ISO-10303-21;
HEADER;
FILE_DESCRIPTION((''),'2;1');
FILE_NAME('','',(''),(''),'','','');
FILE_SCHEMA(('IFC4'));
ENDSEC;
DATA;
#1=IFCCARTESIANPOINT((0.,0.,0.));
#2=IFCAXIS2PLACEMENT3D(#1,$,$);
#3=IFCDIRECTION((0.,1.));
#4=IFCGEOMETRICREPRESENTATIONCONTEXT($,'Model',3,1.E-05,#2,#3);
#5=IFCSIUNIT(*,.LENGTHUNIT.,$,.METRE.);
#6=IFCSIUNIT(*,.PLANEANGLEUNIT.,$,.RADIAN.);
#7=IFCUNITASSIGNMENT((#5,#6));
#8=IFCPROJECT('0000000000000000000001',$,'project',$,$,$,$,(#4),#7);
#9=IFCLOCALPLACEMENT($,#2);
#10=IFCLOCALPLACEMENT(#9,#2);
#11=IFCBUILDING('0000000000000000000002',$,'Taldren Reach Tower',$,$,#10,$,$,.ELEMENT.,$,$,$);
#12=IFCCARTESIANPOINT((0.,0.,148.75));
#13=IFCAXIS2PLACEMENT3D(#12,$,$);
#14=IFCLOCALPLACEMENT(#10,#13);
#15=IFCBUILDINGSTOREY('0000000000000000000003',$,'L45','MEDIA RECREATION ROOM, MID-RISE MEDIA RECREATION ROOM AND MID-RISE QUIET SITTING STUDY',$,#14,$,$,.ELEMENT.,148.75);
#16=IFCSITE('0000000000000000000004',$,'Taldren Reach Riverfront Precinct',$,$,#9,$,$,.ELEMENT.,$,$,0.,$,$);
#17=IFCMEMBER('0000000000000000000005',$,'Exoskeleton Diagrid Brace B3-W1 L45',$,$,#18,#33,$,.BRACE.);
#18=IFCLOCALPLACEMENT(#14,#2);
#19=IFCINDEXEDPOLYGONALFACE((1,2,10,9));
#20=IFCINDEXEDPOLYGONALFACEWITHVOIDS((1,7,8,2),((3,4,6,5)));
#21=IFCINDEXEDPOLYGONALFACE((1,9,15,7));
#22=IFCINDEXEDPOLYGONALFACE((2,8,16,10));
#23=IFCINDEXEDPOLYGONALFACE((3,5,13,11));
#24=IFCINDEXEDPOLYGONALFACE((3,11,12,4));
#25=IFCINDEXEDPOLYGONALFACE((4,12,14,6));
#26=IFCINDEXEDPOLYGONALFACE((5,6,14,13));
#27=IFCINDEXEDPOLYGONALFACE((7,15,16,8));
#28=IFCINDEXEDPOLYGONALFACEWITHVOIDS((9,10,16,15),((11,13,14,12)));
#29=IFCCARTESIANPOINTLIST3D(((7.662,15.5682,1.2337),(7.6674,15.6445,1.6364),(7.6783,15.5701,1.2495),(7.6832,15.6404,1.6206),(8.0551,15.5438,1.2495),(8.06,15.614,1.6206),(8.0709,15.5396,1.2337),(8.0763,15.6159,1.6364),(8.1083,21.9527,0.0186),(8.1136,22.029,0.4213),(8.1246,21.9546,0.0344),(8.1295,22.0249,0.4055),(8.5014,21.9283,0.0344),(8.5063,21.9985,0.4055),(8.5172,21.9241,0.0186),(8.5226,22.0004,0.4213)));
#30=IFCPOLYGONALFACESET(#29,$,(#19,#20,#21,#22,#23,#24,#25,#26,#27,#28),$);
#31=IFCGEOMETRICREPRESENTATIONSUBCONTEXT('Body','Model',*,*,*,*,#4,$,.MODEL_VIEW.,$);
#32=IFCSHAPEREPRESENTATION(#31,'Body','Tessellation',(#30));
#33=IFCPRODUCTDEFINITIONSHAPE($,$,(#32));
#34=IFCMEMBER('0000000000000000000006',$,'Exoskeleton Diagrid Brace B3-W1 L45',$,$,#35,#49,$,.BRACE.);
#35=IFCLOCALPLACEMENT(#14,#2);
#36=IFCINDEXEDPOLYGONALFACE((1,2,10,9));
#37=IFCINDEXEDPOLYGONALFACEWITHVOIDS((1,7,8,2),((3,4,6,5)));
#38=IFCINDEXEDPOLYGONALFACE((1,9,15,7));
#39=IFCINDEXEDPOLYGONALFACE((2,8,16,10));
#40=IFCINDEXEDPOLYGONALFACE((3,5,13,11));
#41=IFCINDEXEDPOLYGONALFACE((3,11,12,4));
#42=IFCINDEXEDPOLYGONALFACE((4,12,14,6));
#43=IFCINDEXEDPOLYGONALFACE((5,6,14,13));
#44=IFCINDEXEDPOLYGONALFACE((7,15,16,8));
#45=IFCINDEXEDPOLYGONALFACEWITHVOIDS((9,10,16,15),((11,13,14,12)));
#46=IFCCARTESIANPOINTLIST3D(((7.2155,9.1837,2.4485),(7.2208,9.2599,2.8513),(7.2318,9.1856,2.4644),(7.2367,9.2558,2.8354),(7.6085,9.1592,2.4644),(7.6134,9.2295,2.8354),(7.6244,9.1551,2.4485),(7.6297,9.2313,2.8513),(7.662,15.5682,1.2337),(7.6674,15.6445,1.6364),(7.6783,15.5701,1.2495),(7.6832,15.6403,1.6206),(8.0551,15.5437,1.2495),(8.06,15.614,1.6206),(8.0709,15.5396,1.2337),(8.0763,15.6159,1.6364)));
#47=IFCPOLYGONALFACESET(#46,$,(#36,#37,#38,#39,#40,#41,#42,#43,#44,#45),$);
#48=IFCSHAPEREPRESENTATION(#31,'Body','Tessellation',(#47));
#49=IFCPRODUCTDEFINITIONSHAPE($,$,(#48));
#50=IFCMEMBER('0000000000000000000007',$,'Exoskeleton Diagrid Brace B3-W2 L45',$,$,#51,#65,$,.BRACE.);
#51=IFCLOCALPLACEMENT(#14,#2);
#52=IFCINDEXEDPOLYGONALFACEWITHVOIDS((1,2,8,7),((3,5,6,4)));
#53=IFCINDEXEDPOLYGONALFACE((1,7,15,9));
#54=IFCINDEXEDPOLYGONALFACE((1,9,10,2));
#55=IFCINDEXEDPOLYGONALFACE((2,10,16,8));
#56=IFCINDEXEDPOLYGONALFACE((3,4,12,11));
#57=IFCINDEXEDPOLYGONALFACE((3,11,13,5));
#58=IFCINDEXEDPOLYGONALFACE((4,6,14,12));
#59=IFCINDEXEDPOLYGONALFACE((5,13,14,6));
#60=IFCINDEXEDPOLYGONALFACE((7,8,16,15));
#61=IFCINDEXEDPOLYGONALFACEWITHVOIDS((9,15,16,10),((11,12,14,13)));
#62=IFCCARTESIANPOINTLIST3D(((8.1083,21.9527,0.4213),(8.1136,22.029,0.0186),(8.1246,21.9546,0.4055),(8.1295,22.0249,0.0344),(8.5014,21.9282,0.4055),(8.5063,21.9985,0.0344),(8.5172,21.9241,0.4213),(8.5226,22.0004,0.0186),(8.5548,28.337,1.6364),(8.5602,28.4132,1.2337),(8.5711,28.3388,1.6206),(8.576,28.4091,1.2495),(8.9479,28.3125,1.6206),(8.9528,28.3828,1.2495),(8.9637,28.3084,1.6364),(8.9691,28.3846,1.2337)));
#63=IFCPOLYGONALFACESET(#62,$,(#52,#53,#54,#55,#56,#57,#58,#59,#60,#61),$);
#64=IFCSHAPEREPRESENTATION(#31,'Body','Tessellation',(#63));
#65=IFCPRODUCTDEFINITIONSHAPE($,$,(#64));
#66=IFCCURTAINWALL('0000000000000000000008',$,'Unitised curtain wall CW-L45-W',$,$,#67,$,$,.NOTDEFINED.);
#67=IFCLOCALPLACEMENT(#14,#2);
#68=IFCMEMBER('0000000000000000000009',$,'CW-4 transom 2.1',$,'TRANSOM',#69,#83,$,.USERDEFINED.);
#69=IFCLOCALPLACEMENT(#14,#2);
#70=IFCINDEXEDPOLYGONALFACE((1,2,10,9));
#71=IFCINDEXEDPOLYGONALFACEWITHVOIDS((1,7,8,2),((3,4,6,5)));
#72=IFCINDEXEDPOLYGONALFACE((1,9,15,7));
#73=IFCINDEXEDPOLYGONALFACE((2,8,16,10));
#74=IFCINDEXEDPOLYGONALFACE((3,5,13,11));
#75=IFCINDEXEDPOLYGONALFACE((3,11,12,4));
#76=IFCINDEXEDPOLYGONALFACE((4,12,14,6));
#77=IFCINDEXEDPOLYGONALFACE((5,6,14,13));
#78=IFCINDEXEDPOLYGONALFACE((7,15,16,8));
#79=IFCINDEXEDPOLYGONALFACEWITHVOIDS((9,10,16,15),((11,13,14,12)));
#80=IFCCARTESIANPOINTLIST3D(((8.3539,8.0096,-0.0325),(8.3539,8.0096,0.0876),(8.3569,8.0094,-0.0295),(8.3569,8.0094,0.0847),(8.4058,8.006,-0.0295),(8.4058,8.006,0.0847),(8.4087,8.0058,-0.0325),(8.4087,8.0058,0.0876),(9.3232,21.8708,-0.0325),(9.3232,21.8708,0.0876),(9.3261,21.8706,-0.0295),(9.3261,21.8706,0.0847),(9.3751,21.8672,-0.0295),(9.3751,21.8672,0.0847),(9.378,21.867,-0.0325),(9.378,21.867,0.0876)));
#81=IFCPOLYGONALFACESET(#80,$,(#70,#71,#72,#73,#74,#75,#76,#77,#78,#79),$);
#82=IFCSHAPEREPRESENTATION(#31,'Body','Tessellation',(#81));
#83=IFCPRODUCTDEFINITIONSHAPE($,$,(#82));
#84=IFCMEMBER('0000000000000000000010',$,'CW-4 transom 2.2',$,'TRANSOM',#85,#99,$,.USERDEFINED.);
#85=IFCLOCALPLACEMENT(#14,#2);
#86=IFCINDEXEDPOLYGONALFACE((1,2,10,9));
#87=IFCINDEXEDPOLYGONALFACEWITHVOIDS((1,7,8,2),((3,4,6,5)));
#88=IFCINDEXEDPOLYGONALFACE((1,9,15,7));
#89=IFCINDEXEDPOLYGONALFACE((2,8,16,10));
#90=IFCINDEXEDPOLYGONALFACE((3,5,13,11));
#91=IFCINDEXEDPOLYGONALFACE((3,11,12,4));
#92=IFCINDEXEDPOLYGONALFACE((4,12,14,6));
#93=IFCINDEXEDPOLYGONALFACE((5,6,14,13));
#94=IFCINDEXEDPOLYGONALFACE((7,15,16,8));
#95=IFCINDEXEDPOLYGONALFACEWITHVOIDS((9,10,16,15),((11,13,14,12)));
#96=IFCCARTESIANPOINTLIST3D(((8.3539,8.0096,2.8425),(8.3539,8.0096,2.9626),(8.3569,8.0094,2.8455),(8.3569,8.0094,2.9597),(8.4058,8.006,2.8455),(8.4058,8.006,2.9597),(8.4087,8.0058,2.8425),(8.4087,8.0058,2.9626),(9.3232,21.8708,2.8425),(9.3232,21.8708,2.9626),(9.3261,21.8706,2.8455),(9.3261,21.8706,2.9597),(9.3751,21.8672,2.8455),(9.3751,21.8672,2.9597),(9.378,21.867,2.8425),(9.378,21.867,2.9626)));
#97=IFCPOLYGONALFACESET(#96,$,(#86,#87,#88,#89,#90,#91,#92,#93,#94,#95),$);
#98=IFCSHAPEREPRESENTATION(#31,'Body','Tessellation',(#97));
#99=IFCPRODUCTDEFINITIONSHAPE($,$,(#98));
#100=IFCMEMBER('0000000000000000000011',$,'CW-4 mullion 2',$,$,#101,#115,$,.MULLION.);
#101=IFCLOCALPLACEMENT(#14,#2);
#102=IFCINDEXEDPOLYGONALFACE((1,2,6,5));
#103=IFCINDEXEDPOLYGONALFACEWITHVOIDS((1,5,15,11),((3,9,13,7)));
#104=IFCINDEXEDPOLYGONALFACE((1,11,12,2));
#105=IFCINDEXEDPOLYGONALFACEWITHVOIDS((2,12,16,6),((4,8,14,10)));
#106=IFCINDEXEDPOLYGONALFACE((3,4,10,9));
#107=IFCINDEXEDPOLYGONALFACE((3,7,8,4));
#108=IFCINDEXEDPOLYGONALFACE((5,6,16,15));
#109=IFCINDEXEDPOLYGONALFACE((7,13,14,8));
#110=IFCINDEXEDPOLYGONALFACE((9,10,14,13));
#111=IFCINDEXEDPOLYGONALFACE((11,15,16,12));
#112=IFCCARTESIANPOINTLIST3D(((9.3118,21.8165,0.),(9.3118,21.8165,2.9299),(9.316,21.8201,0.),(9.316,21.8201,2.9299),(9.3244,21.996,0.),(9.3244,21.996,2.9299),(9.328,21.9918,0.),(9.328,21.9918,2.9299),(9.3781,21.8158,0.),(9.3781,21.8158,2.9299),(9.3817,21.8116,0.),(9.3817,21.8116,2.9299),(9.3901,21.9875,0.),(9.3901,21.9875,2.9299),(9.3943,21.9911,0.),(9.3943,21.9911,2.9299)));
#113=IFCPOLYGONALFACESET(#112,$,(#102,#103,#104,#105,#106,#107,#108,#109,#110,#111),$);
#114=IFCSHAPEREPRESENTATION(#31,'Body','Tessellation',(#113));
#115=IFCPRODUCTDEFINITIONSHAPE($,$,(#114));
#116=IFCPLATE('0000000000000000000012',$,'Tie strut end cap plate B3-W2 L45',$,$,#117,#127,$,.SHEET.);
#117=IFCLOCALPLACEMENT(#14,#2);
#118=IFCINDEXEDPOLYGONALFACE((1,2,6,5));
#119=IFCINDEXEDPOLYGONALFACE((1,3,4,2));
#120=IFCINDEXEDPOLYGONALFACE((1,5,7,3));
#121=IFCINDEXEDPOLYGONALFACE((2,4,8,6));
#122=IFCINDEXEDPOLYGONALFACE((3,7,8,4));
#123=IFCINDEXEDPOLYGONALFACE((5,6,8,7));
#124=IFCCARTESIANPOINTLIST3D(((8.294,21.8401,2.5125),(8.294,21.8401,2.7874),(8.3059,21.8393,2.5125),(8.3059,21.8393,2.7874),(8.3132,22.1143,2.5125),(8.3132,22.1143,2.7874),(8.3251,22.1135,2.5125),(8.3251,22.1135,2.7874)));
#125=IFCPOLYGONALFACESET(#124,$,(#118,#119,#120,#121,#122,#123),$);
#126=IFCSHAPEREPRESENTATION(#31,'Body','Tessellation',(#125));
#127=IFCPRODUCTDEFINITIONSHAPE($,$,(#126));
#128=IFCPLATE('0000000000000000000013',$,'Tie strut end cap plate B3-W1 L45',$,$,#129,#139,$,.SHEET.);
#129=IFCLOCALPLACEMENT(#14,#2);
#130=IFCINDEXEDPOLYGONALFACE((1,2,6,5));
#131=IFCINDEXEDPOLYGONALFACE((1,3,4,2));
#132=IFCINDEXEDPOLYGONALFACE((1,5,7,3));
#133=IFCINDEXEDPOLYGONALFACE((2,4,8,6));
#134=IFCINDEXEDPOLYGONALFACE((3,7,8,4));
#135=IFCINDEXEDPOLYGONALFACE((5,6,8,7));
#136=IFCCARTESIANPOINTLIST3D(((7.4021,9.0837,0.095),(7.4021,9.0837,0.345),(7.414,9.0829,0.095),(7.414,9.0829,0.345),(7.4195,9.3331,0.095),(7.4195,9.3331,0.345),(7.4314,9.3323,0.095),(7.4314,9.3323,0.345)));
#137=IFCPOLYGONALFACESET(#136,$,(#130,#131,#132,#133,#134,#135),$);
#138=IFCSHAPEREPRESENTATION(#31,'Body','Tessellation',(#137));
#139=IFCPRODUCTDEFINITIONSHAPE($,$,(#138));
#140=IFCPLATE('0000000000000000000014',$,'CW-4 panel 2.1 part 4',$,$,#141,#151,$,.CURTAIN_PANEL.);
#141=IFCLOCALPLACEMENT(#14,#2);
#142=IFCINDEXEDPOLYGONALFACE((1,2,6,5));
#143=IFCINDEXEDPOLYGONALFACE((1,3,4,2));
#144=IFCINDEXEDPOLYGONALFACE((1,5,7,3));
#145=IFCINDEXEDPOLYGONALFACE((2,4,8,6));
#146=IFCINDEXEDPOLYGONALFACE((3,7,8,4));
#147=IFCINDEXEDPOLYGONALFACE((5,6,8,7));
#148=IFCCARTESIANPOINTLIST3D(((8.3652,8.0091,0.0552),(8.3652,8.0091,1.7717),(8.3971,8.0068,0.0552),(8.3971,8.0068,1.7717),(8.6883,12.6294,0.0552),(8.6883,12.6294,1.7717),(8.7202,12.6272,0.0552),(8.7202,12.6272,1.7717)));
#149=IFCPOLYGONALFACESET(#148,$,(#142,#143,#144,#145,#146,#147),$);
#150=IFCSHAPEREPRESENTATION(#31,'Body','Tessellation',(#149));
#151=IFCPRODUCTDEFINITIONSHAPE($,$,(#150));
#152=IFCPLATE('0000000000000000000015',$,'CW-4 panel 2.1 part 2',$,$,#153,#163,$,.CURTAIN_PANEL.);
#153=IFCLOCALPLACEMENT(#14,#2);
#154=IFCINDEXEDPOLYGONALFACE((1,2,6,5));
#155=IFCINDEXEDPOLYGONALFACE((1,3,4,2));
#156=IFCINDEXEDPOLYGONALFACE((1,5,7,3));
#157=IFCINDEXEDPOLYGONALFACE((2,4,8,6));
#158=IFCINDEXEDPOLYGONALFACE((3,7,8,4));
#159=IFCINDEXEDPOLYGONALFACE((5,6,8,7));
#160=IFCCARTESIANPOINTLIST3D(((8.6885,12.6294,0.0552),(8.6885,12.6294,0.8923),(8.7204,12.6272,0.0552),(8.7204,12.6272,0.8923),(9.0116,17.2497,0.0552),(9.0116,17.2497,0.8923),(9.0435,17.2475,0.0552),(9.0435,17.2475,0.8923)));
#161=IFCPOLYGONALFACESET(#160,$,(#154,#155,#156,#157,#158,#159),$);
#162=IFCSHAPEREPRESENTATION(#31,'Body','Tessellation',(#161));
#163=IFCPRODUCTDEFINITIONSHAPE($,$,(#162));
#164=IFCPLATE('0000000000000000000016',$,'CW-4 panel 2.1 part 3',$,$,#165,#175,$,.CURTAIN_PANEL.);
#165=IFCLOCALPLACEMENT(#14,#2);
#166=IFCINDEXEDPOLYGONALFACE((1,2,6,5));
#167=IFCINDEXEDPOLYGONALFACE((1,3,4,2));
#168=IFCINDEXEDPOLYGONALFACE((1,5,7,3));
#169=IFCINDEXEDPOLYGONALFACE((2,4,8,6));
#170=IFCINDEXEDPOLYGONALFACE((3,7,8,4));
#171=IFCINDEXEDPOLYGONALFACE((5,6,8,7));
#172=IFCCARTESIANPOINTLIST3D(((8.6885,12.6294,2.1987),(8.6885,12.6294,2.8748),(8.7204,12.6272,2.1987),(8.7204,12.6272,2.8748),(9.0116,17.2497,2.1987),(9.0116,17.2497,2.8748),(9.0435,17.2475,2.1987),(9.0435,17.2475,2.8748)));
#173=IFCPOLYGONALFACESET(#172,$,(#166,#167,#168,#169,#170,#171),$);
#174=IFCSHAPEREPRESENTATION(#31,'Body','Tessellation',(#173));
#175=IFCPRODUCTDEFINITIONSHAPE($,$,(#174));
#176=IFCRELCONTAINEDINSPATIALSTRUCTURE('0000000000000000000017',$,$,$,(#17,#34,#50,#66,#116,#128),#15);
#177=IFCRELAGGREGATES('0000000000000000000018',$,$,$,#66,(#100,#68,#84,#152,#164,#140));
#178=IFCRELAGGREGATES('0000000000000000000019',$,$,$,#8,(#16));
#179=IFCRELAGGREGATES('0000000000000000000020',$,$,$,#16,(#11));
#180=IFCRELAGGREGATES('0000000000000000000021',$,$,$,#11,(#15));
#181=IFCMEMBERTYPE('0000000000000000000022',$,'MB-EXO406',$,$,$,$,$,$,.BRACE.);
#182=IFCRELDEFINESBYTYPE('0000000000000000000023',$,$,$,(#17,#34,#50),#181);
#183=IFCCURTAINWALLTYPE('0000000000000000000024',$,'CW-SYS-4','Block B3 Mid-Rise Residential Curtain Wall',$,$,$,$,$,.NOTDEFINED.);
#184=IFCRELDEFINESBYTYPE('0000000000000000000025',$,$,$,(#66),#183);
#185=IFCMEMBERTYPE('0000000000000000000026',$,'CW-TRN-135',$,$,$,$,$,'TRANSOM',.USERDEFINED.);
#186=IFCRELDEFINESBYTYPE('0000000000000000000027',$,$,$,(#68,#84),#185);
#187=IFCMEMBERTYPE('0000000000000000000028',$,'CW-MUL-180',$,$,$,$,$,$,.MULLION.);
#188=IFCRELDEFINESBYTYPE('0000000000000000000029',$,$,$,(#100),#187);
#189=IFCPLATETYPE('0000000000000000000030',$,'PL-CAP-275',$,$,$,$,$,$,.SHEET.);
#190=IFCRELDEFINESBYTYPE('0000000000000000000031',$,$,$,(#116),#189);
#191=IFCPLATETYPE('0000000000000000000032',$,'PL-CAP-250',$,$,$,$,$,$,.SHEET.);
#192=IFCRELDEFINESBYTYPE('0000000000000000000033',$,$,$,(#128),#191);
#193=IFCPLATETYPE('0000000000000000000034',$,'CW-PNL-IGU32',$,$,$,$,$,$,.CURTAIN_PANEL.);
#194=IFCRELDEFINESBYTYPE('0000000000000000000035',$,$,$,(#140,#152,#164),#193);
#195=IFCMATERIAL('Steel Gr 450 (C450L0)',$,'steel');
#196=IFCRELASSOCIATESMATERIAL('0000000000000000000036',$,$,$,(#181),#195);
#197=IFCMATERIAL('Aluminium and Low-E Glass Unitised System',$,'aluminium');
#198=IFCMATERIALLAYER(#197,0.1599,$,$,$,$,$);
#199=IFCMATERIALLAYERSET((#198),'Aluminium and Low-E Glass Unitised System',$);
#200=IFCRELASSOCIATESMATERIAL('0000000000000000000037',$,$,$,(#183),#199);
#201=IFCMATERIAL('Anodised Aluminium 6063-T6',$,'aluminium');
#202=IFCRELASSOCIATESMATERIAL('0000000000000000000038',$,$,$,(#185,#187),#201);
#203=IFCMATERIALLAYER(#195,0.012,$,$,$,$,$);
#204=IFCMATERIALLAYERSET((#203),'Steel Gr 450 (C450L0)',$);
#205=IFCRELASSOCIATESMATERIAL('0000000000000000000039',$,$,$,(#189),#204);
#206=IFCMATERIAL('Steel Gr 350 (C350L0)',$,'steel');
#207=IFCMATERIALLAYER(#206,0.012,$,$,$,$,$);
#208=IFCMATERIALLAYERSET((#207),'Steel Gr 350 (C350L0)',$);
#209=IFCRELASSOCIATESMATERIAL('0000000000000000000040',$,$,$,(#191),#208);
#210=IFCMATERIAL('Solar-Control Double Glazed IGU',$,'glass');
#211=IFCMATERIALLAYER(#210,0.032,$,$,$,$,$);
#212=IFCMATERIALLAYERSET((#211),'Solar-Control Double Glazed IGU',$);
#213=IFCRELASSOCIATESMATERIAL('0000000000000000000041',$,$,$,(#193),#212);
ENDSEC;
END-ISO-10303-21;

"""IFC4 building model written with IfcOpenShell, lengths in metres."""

from ifc_helpers import new_model, si_unit, direction, frame, origin, origin_2d, place, context, subcontext, project, spatial, rectangle, hollow_rectangle, extrude, source, transform, mapped, material, layer, layer_set, material_profile, profile_set, type_object, element, aggregate, save


model = new_model("IFC4")

# Units and contexts
model_context = context("Model", 3, precision=1e-05, world=origin(), true_north=direction((0.0, 1.0)))
body_context = subcontext(model_context, "Body", "Model", "MODEL_VIEW")
ifc_project = project(units=[si_unit("LENGTHUNIT", "METRE"), si_unit("PLANEANGLEUNIT", "RADIAN")], contexts=[model_context])

# Site, building, storey
site_placement = place(None, origin())
site = spatial("IfcSite", under=ifc_project, at=site_placement, Name="Taldren Reach Riverfront Precinct", CompositionType="ELEMENT", RefElevation=0.0)
building_placement = place(site_placement, origin())
building = spatial("IfcBuilding", under=site, at=building_placement, Name="Taldren Reach Tower", CompositionType="ELEMENT")
storey_placement = place(building_placement, frame((0.0, 0.0, 148.75)))
storey = spatial("IfcBuildingStorey", under=building, at=storey_placement, Name="L45", Description="MEDIA RECREATION ROOM, MID-RISE MEDIA RECREATION ROOM AND MID-RISE QUIET SITTING STUDY", CompositionType="ELEMENT", Elevation=148.75)

# Shared definitions
ifc_material_1 = material(Name="Steel Gr 350 (C350L0)", Category="steel")
ifc_material_2 = material(Name="Steel Gr 450 (C450L0)", Category="steel")

# Members
ifc_material_profile_1 = material_profile(ifc_material_2, hollow_rectangle(XDim=0.4099, YDim=0.4099, WallThickness=0.0161, at=origin_2d()), Name="410x410x16.0SHS")
ifc_profile_set_1 = profile_set([ifc_material_profile_1], Name="Steel Gr 450 (C450L0)")
member_type_1 = type_object("IfcMemberType", Name="MB-EXO406", PredefinedType="BRACE", material=ifc_profile_set_1)
shared_shape_1 = source(origin(), body_context, "Body", "SweptSolid", [
    extrude(hollow_rectangle(XDim=0.4099, YDim=0.4099, WallThickness=0.0161, at=origin_2d()), origin(), (0.0, 0.0, 1.0), 6.5144),
])
for number, where, z_axis, x_axis, name in (
    (1, (8.3154, 21.9766, 0.22), (-0.068508, -0.980059, 0.186523), (0.997566, -0.069732, 0.0), "Exoskeleton Diagrid Brace B3-W1 L45"),
    (2, (7.8691, 15.592, 1.4351), (-0.068546, -0.980063, 0.186486), (0.997563, -0.06977, 0.0), "Exoskeleton Diagrid Brace B3-W1 L45"),
):
    element("IfcMember", number, at=place(storey_placement, frame(where, z_axis=z_axis, x_axis=x_axis)), inside=storey, type_object=member_type_1, Name=name, PredefinedType="BRACE", context=body_context, shape_type="MappedRepresentation", body=[
        mapped(shared_shape_1, transform((0.0, 0.0, 0.0), scale=1.0)),
    ])
shared_shape_2 = source(origin(), body_context, "Body", "SweptSolid", [
    extrude(hollow_rectangle(XDim=0.4099, YDim=0.4099, WallThickness=0.0161, at=origin_2d()), origin(), (0.0, 0.0, 1.0), 6.5142),
])
member_1_placement = place(storey_placement, frame((8.3154, 21.9766, 0.22), z_axis=(0.068548, 0.980055, 0.186529), x_axis=(-0.997563, 0.069772, 0.0)))
element("IfcMember", 3, at=member_1_placement, inside=storey, type_object=member_type_1, Name="Exoskeleton Diagrid Brace B3-W2 L45", PredefinedType="BRACE", context=body_context, shape_type="MappedRepresentation", body=[
    mapped(shared_shape_2, transform((0.0, 0.0, 0.0), scale=1.0)),
])

# Curtain wall, members
ifc_material_3 = material(Name="Aluminium and Low-E Glass Unitised System", Category="aluminium")
ifc_layer_1 = layer(ifc_material_3, 0.1599)
ifc_layer_set_1 = layer_set([ifc_layer_1], Name="Aluminium and Low-E Glass Unitised System")
curtain_wall_type = type_object("IfcCurtainWallType", Name="CW-SYS-4", Description="Block B3 Mid-Rise Residential Curtain Wall", PredefinedType="NOTDEFINED", material=ifc_layer_set_1)
curtain_wall_placement = place(storey_placement, origin())
curtain_wall = element("IfcCurtainWall", 4, at=curtain_wall_placement, inside=storey, type_object=curtain_wall_type, Name="Unitised curtain wall CW-L45-W", PredefinedType="NOTDEFINED")
ifc_material_4 = material(Name="Anodised Aluminium 6063-T6", Category="aluminium")
ifc_material_profile_2 = material_profile(ifc_material_4, hollow_rectangle(XDim=0.0549, YDim=0.1201, WallThickness=0.0029, at=origin_2d()), Name="ALU-120x55x3RHS")
ifc_profile_set_2 = profile_set([ifc_material_profile_2], Name="Anodised Aluminium 6063-T6")
member_type_2 = type_object("IfcMemberType", Name="CW-TRN-135", ElementType="TRANSOM", PredefinedType="USERDEFINED", material=ifc_profile_set_2)
shared_shape_3 = source(origin(), body_context, "Body", "SweptSolid", [
    extrude(hollow_rectangle(XDim=0.0549, YDim=0.1201, WallThickness=0.0029, at=origin_2d()), origin(), (0.0, 0.0, 1.0), 13.895),
])
member_2_placement = place(storey_placement, frame((9.3506, 21.8689, 0.0276), z_axis=(-0.069755, -0.997564, 0.0), x_axis=(0.997564, -0.069755, 0.0)))
member_2 = element("IfcMember", 5, at=member_2_placement, type_object=member_type_2, Name="CW-4 transom 2.1", ObjectType="TRANSOM", PredefinedType="USERDEFINED", context=body_context, shape_type="MappedRepresentation", body=[
    mapped(shared_shape_3, transform((0.0, 0.0, 0.0), scale=1.0)),
])
member_3_placement = place(storey_placement, frame((9.3506, 21.8689, 2.9026), z_axis=(-0.069755, -0.997564, 0.0), x_axis=(0.997564, -0.069755, 0.0)))
member_3 = element("IfcMember", 6, at=member_3_placement, type_object=member_type_2, Name="CW-4 transom 2.2", ObjectType="TRANSOM", PredefinedType="USERDEFINED", context=body_context, shape_type="MappedRepresentation", body=[
    mapped(shared_shape_3, transform((0.0, 0.0, 0.0), scale=1.0)),
])
ifc_material_profile_3 = material_profile(ifc_material_4, hollow_rectangle(XDim=0.0701, YDim=0.1799, WallThickness=0.0039, at=origin_2d()), Name="ALU-180x70x4RHS")
ifc_profile_set_3 = profile_set([ifc_material_profile_3], Name="Anodised Aluminium 6063-T6")
member_type_3 = type_object("IfcMemberType", Name="CW-MUL-180", PredefinedType="MULLION", material=ifc_profile_set_3)
shared_shape_4 = source(origin(), body_context, "Body", "SweptSolid", [
    extrude(hollow_rectangle(XDim=0.0701, YDim=0.1799, WallThickness=0.0039, at=origin_2d()), origin(), (0.0, 0.0, 1.0), 2.9299),
])
member_4_placement = place(storey_placement, frame((9.353, 21.9038, 0.0), z_axis=(0.0, 0.0, 1.0), x_axis=(0.997564, -0.069756, 0.0)))
member_4 = element("IfcMember", 7, at=member_4_placement, type_object=member_type_3, Name="CW-4 mullion 2", PredefinedType="MULLION", context=body_context, shape_type="MappedRepresentation", body=[
    mapped(shared_shape_4, transform((0.0, 0.0, 0.0), scale=1.0)),
])

# Plates
ifc_layer_2 = layer(ifc_material_2, 0.012)
ifc_layer_set_2 = layer_set([ifc_layer_2], Name="Steel Gr 450 (C450L0)")
plate_type_1 = type_object("IfcPlateType", Name="PL-CAP-275", PredefinedType="SHEET", material=ifc_layer_set_2)
shared_shape_5 = source(origin(), body_context, "Body", "SweptSolid", [
    extrude(rectangle(XDim=0.012, YDim=0.2749, at=origin_2d()), origin(), (0.0, 0.0, 1.0), 0.2749),
])
plate_1_placement = place(storey_placement, frame((8.3096, 21.9768, 2.5125), z_axis=(0.0, 0.0, 1.0), x_axis=(0.997564, -0.069756, 0.0)))
element("IfcPlate", 8, at=plate_1_placement, inside=storey, type_object=plate_type_1, Name="Tie strut end cap plate B3-W2 L45", PredefinedType="SHEET", context=body_context, shape_type="MappedRepresentation", body=[
    mapped(shared_shape_5, transform((0.0, 0.0, 0.0), scale=1.0)),
])
ifc_layer_3 = layer(ifc_material_1, 0.012)
ifc_layer_set_3 = layer_set([ifc_layer_3], Name="Steel Gr 350 (C350L0)")
plate_type_2 = type_object("IfcPlateType", Name="PL-CAP-250", PredefinedType="SHEET", material=ifc_layer_set_3)
shared_shape_6 = source(origin(), body_context, "Body", "SweptSolid", [
    extrude(rectangle(XDim=0.012, YDim=0.25, at=origin_2d()), origin(), (0.0, 0.0, 1.0), 0.25),
])
plate_2_placement = place(storey_placement, frame((7.4167, 9.208, 0.095), z_axis=(0.0, 0.0, 1.0), x_axis=(0.997564, -0.069756, 0.0)))
element("IfcPlate", 9, at=plate_2_placement, inside=storey, type_object=plate_type_2, Name="Tie strut end cap plate B3-W1 L45", PredefinedType="SHEET", context=body_context, shape_type="MappedRepresentation", body=[
    mapped(shared_shape_6, transform((0.0, 0.0, 0.0), scale=1.0)),
])

# Plates
ifc_material_5 = material(Name="Solar-Control Double Glazed IGU", Category="glass")
ifc_layer_4 = layer(ifc_material_5, 0.032)
ifc_layer_set_4 = layer_set([ifc_layer_4], Name="Solar-Control Double Glazed IGU")
plate_type_3 = type_object("IfcPlateType", Name="CW-PNL-IGU32", PredefinedType="CURTAIN_PANEL", material=ifc_layer_set_4)
shared_shape_7 = source(origin(), body_context, "Body", "SweptSolid", [
    extrude(rectangle(XDim=4.6316, YDim=0.032, at=origin_2d()), origin(), (0.0, 0.0, 1.0), 1.7166),
])
plate_3_placement = place(storey_placement, frame((8.5427, 10.3181, 0.0552), z_axis=(0.0, 0.0, 1.0), x_axis=(-0.069756, -0.997564, 0.0)))
plate_3 = element("IfcPlate", 10, at=plate_3_placement, type_object=plate_type_3, Name="CW-4 panel 2.1 part 4", PredefinedType="CURTAIN_PANEL", context=body_context, shape_type="MappedRepresentation", body=[
    mapped(shared_shape_7, transform((0.0, 0.0, 0.0), scale=1.0)),
])
shared_shape_8 = source(origin(), body_context, "Body", "SweptSolid", [
    extrude(rectangle(XDim=4.6316, YDim=0.032, at=origin_2d()), origin(), (0.0, 0.0, 1.0), 0.8372),
])
plate_4_placement = place(storey_placement, frame((8.866, 14.9385, 0.0552), z_axis=(0.0, 0.0, 1.0), x_axis=(-0.069756, -0.997564, 0.0)))
plate_4 = element("IfcPlate", 11, at=plate_4_placement, type_object=plate_type_3, Name="CW-4 panel 2.1 part 2", PredefinedType="CURTAIN_PANEL", context=body_context, shape_type="MappedRepresentation", body=[
    mapped(shared_shape_8, transform((0.0, 0.0, 0.0), scale=1.0)),
])
shared_shape_9 = source(origin(), body_context, "Body", "SweptSolid", [
    extrude(rectangle(XDim=4.6316, YDim=0.032, at=origin_2d()), origin(), (0.0, 0.0, 1.0), 0.676),
])
plate_5_placement = place(storey_placement, frame((8.866, 14.9385, 2.1987), z_axis=(0.0, 0.0, 1.0), x_axis=(-0.069756, -0.997564, 0.0)))
plate_5 = element("IfcPlate", 12, at=plate_5_placement, type_object=plate_type_3, Name="CW-4 panel 2.1 part 3", PredefinedType="CURTAIN_PANEL", context=body_context, shape_type="MappedRepresentation", body=[
    mapped(shared_shape_9, transform((0.0, 0.0, 0.0), scale=1.0)),
])
aggregate(curtain_wall, [member_4, member_2, member_3, plate_4, plate_5, plate_3])

save(model, "model.ifc")
